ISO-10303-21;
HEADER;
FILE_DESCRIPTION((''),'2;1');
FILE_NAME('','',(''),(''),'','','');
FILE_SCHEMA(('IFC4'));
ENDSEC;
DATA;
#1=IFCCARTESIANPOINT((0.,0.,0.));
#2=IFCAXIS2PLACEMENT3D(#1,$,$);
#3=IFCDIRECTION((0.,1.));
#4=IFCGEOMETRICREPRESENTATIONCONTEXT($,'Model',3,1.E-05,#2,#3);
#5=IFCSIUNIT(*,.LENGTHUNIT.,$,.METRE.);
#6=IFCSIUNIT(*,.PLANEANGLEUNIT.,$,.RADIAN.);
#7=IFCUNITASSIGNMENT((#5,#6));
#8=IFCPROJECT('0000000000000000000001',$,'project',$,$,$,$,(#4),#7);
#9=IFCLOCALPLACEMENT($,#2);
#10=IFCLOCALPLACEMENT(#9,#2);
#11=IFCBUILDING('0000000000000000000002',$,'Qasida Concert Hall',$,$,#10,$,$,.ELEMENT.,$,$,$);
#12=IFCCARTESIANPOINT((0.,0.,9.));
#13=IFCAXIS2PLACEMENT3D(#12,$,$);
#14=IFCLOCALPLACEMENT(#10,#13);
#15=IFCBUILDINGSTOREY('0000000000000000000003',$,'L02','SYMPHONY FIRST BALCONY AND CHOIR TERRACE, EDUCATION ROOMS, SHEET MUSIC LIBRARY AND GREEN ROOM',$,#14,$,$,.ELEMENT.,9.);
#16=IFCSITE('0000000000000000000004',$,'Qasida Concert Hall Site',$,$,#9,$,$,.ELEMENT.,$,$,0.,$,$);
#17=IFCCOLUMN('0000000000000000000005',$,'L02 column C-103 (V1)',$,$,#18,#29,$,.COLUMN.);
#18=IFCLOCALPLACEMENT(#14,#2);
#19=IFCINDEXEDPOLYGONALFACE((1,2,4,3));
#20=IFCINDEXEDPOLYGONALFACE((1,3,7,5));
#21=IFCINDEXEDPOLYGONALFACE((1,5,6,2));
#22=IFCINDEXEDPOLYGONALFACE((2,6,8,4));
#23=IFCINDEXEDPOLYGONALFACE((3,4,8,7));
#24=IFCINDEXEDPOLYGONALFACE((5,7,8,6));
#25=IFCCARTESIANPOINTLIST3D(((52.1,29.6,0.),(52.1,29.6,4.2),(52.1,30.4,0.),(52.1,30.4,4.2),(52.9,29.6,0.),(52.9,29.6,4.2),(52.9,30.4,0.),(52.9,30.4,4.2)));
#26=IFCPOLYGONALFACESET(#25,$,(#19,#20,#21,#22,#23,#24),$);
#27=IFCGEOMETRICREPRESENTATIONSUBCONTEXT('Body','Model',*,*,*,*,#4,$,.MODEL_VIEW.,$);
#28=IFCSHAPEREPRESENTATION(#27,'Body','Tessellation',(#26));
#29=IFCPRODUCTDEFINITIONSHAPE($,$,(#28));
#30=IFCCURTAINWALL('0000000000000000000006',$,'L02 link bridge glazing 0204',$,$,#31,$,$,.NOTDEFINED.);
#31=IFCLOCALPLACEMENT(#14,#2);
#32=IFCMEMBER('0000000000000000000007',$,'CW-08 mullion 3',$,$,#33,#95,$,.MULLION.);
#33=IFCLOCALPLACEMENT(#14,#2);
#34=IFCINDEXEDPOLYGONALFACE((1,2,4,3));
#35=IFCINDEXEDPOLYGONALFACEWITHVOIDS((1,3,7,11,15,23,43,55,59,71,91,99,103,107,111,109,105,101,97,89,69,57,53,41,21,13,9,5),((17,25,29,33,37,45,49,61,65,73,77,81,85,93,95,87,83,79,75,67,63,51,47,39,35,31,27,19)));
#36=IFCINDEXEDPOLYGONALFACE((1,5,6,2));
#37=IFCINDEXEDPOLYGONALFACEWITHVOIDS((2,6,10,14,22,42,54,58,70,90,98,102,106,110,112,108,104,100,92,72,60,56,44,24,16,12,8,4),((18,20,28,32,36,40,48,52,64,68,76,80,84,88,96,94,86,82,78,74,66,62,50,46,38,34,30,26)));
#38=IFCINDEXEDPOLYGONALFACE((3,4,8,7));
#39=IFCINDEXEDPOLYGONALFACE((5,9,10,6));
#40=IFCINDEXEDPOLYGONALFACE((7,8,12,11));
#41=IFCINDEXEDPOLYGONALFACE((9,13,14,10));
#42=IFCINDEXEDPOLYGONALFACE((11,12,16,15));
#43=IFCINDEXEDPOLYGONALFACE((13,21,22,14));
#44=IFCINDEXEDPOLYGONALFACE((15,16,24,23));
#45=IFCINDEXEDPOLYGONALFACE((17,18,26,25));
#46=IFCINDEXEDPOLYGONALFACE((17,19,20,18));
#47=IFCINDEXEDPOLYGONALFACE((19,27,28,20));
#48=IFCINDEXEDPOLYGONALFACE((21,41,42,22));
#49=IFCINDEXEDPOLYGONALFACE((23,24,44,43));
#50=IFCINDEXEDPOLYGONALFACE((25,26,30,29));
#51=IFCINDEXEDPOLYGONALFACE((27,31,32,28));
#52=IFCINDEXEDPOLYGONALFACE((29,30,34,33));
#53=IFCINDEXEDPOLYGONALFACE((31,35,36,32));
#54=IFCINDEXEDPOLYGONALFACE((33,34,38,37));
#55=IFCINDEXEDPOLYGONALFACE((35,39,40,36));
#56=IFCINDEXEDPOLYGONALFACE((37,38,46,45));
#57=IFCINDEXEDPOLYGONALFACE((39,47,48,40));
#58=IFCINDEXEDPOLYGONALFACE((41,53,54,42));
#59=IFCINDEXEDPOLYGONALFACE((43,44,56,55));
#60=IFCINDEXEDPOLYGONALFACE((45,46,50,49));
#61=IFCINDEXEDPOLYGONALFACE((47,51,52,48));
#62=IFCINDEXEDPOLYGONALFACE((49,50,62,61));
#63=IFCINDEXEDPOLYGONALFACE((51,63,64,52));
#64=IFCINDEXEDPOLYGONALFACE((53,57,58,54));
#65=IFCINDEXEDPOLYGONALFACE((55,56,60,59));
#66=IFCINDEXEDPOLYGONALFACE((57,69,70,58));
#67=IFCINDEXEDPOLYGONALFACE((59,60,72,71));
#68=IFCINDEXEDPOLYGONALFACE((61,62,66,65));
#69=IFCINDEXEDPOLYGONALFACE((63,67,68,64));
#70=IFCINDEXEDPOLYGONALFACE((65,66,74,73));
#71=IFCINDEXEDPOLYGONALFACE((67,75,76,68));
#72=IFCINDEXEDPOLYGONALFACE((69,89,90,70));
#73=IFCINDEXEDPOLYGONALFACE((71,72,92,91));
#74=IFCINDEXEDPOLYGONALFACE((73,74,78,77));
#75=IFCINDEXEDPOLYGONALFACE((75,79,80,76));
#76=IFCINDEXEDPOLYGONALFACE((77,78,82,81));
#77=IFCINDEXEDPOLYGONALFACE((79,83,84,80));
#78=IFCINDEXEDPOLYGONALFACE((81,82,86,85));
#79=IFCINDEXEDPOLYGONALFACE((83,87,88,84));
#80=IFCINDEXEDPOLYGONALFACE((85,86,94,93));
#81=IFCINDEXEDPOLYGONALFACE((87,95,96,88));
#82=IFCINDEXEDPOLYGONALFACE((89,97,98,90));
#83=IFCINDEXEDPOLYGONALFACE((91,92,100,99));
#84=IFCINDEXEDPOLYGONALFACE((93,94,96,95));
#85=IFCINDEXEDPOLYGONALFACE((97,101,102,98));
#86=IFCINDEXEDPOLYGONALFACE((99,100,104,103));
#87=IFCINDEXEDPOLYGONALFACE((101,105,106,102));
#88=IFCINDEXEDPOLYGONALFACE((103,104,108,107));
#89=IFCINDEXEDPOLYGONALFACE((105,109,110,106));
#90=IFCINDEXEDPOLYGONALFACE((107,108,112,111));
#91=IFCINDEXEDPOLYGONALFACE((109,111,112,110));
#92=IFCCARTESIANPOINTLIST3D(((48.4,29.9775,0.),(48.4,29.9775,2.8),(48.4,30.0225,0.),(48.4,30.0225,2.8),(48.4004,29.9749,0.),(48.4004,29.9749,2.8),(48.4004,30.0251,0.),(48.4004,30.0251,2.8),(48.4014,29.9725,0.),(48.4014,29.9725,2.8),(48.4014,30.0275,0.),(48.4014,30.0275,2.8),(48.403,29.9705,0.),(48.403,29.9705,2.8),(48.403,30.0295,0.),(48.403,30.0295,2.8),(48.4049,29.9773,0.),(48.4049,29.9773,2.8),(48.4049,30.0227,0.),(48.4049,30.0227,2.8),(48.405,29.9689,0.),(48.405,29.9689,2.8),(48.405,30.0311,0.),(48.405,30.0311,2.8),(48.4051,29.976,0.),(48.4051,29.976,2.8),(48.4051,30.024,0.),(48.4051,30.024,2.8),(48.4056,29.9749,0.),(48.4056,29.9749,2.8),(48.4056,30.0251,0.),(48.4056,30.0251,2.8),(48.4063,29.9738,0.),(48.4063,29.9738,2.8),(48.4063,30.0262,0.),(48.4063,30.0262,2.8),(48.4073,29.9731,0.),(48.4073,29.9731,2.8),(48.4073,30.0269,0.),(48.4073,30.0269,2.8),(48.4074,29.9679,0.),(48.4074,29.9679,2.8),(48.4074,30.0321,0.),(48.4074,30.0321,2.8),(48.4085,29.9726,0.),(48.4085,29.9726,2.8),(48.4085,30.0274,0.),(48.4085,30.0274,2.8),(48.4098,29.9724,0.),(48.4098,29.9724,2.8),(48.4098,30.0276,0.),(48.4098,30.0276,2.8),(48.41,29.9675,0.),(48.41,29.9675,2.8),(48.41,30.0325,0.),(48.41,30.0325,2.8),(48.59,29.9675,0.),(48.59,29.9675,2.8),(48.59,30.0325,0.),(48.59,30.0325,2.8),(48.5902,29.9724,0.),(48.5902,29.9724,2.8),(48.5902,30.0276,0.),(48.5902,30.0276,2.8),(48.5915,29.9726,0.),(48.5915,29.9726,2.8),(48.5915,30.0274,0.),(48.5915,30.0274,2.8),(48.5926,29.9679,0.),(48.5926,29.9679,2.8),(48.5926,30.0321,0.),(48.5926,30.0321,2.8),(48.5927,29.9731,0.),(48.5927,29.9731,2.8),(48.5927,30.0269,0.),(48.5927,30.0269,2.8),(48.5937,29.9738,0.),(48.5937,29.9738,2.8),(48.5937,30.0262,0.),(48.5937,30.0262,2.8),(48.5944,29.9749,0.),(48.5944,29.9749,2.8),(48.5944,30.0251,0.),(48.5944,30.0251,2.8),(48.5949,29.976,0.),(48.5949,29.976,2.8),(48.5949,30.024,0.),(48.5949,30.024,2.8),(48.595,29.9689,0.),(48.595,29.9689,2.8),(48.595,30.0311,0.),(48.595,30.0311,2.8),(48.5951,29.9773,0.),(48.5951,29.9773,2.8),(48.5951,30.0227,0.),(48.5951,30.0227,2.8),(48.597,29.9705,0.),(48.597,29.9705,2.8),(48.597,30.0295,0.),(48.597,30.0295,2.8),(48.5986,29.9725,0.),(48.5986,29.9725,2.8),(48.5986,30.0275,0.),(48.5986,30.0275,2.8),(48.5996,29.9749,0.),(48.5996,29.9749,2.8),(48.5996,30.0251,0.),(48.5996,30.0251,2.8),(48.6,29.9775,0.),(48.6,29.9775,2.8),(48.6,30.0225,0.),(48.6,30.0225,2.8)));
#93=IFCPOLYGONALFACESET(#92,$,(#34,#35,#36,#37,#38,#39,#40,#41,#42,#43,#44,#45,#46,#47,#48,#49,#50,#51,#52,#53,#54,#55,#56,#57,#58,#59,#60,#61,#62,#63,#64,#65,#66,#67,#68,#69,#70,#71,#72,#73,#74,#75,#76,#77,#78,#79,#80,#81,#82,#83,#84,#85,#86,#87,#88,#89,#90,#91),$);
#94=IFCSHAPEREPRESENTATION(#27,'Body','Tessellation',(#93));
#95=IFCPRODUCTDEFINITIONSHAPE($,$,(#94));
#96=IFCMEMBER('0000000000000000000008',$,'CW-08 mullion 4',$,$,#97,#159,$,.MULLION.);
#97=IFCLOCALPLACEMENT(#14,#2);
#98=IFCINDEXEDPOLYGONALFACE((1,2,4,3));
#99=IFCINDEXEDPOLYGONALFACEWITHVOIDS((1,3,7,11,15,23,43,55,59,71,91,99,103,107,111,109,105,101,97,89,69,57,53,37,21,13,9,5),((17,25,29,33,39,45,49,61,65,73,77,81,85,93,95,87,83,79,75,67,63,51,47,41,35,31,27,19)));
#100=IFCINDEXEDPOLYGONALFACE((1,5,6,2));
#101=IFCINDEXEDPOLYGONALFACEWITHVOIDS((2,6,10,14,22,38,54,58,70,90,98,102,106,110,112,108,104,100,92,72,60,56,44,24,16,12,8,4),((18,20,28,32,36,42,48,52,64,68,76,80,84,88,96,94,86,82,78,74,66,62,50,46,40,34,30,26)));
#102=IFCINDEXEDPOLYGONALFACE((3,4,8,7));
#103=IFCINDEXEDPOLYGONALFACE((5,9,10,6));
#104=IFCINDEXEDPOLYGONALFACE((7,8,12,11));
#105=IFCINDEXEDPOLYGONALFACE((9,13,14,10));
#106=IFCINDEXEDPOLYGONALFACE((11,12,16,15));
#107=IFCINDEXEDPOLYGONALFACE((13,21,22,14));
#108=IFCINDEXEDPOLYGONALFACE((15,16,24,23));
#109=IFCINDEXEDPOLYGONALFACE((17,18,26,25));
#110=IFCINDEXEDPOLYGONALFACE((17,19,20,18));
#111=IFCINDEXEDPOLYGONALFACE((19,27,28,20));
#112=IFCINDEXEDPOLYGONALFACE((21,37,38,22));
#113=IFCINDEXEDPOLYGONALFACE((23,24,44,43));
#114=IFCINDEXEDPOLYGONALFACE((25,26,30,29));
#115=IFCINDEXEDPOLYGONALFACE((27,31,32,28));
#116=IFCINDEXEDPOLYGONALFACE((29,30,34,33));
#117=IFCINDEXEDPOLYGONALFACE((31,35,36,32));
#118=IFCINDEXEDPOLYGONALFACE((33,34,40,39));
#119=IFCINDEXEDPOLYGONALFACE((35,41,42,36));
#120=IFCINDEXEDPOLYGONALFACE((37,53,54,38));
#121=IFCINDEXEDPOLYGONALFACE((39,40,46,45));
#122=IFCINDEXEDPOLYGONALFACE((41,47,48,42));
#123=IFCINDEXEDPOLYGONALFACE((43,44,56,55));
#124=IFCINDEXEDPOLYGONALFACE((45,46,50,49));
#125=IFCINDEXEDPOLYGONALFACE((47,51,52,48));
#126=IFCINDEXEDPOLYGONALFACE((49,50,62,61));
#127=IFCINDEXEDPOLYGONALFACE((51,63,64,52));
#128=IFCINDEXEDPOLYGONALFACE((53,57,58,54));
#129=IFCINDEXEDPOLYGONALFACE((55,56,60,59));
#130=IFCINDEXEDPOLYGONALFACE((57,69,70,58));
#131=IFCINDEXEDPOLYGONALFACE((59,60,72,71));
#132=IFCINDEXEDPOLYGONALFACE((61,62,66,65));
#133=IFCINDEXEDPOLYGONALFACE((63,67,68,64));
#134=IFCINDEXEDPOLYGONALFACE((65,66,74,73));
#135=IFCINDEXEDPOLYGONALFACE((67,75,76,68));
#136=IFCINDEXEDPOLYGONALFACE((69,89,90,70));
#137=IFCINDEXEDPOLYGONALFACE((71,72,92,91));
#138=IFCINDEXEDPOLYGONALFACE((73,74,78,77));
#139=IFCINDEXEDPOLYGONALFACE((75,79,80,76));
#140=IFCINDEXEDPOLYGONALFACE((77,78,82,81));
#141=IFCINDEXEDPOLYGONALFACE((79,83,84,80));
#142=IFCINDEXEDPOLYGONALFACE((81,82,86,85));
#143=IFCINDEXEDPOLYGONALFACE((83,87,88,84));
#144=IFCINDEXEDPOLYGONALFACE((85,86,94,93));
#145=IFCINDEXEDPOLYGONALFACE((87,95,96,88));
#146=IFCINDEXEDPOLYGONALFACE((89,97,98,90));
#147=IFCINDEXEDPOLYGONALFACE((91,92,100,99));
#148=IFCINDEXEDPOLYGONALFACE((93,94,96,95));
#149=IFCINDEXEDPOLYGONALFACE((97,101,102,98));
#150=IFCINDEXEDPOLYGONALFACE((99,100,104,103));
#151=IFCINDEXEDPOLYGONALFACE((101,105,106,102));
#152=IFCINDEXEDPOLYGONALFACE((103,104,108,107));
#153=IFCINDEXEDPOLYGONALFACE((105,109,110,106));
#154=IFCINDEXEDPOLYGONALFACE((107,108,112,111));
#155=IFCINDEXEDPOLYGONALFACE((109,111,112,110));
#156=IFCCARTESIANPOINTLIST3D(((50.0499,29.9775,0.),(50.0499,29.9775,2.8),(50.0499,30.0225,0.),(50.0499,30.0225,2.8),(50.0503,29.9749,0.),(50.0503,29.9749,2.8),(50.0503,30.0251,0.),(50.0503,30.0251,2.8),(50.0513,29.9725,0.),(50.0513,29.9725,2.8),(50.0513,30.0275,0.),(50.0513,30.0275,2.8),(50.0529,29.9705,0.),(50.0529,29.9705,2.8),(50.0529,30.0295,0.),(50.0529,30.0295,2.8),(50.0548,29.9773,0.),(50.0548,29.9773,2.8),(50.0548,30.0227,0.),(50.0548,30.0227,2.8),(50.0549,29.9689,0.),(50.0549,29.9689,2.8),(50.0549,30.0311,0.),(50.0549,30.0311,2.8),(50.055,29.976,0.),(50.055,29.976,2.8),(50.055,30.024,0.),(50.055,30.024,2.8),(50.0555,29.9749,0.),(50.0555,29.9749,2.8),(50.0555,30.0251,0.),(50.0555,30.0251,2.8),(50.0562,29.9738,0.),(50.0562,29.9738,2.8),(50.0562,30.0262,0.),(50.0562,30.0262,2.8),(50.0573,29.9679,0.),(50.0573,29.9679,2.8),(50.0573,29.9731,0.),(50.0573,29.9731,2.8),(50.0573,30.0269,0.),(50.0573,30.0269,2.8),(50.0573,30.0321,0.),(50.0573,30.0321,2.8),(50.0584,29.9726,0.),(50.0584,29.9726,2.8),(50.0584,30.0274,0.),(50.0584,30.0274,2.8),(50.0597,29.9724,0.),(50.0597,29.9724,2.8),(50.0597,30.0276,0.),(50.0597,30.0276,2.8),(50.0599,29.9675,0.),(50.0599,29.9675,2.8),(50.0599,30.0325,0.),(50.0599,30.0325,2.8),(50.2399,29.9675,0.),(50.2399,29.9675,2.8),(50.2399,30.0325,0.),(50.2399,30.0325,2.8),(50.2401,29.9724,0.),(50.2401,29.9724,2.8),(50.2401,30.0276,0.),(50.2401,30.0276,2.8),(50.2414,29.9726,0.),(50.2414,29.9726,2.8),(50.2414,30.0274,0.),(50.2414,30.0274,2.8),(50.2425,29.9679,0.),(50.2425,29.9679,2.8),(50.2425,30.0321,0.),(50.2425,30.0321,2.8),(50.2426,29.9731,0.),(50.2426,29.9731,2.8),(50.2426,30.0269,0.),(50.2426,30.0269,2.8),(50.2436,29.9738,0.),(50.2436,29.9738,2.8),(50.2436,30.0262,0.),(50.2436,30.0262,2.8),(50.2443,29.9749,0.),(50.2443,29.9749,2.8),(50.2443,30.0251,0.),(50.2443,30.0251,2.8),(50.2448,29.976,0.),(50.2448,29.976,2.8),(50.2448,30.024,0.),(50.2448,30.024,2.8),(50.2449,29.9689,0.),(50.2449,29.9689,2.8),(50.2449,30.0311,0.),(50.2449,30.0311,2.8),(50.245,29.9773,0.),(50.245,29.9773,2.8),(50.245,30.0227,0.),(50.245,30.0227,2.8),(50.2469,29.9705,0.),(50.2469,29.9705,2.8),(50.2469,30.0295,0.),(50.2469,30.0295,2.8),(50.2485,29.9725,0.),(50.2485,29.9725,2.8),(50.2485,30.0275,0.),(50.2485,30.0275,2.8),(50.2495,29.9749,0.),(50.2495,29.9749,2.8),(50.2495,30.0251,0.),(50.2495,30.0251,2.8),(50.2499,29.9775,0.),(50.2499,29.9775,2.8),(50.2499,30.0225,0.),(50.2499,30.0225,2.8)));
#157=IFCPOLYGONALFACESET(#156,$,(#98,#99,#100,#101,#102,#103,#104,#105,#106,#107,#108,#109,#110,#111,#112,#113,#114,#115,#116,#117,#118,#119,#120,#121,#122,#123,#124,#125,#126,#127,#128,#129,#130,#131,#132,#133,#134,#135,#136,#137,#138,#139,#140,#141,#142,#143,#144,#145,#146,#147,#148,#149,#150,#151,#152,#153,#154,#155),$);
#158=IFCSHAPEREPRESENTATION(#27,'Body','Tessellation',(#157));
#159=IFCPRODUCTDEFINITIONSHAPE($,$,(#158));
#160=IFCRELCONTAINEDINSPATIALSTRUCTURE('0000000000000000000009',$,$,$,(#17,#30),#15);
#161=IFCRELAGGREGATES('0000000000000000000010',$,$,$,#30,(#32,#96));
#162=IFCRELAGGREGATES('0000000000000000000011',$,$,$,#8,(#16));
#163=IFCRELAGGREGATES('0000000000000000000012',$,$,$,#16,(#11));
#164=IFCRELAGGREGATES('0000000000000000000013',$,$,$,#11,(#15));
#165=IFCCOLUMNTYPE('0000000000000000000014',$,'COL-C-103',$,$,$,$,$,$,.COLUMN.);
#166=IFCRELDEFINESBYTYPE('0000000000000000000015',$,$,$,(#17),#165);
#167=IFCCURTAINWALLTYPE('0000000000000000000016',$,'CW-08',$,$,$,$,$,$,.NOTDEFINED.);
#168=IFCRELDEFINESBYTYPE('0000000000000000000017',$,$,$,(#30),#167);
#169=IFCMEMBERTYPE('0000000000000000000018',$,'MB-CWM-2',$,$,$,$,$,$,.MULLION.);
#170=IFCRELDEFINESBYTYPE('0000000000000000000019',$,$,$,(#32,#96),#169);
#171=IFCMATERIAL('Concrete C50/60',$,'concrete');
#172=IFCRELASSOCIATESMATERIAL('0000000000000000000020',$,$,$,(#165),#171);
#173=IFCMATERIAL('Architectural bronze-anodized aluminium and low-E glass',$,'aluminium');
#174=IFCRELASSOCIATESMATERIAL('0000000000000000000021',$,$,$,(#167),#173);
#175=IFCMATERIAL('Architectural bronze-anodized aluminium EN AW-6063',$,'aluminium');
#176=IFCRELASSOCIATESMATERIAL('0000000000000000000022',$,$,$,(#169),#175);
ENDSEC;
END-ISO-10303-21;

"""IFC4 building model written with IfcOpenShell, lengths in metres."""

from ifc_helpers import new_model, si_unit, direction, frame, origin, origin_2d, place, context, subcontext, project, spatial, rectangle, hollow_rectangle, extrude, material, material_profile, profile_set, type_object, element, aggregate, save


model = new_model("IFC4")

# Units and contexts
model_context = context("Model", 3, precision=1e-05, world=origin(), true_north=direction((0.0, 1.0)))
body_context = subcontext(model_context, "Body", "Model", "MODEL_VIEW")
ifc_project = project(units=[si_unit("LENGTHUNIT", "METRE"), si_unit("PLANEANGLEUNIT", "RADIAN")], contexts=[model_context])

# Site, building, storey
site_placement = place(None, origin())
site = spatial("IfcSite", under=ifc_project, at=site_placement, Name="Qasida Concert Hall Site", CompositionType="ELEMENT", RefElevation=0.0)
building_placement = place(site_placement, origin())
building = spatial("IfcBuilding", under=site, at=building_placement, Name="Qasida Concert Hall", CompositionType="ELEMENT")
storey_placement = place(building_placement, frame((0.0, 0.0, 9.0)))
storey = spatial("IfcBuildingStorey", under=building, at=storey_placement, Name="L02", Description="SYMPHONY FIRST BALCONY AND CHOIR TERRACE, EDUCATION ROOMS, SHEET MUSIC LIBRARY AND GREEN ROOM", CompositionType="ELEMENT", Elevation=9.0)

# Column
ifc_material_1 = material(Name="Concrete C50/60", Category="concrete")
ifc_material_profile_1 = material_profile(ifc_material_1, rectangle(XDim=0.8, YDim=0.8, at=origin_2d()), Name="RC 800x800")
ifc_profile_set_1 = profile_set([ifc_material_profile_1], Name="Concrete C50/60")
column_type = type_object("IfcColumnType", Name="COL-C-103", PredefinedType="COLUMN", material=ifc_profile_set_1)
column_placement = place(storey_placement, frame((52.5, 30.0, 0.0), z_axis=(0.0, 0.0, 1.0), x_axis=(1.0, 0.0, 0.0)))
element("IfcColumn", 1, at=column_placement, inside=storey, type_object=column_type, Name="L02 column C-103 (V1)", PredefinedType="COLUMN", context=body_context, shape_type="SweptSolid", body=[
    extrude(rectangle(XDim=0.8, YDim=0.8, at=origin_2d()), origin(), (0.0, 0.0, 1.0), 4.2),
])

# Curtain wall, members
ifc_material_2 = material(Name="Architectural bronze-anodized aluminium and low-E glass", Category="aluminium")
curtain_wall_type = type_object("IfcCurtainWallType", Name="CW-08", PredefinedType="NOTDEFINED", material=ifc_material_2)
curtain_wall_placement = place(storey_placement, origin())
curtain_wall = element("IfcCurtainWall", 2, at=curtain_wall_placement, inside=storey, type_object=curtain_wall_type, Name="L02 link bridge glazing 0204", PredefinedType="NOTDEFINED")
ifc_material_3 = material(Name="Architectural bronze-anodized aluminium EN AW-6063", Category="aluminium")
ifc_material_profile_2 = material_profile(ifc_material_3, hollow_rectangle(XDim=0.0649, YDim=0.2, WallThickness=0.0049, InnerFilletRadius=0.0049, OuterFilletRadius=0.01, at=origin_2d()), Name="CWM 200x65x5")
ifc_profile_set_2 = profile_set([ifc_material_profile_2], Name="Architectural bronze-anodized aluminium EN AW-6063")
member_type_1 = type_object("IfcMemberType", Name="MB-CWM-2", PredefinedType="MULLION", material=ifc_profile_set_2)
member_1_placement = place(storey_placement, frame((48.5, 30.0, 0.0), z_axis=(0.0, 0.0, 1.0), x_axis=(0.0, 1.0, 0.0)))
member_1 = element("IfcMember", 3, at=member_1_placement, type_object=member_type_1, Name="CW-08 mullion 3", PredefinedType="MULLION", context=body_context, shape_type="SweptSolid", body=[
    extrude(hollow_rectangle(XDim=0.0649, YDim=0.2, WallThickness=0.0049, InnerFilletRadius=0.0049, OuterFilletRadius=0.01, at=origin_2d()), origin(), (0.0, 0.0, 1.0), 2.8),
])
member_2_placement = place(storey_placement, frame((50.1499, 30.0, 0.0), z_axis=(0.0, 0.0, 1.0), x_axis=(0.0, 1.0, 0.0)))
member_2 = element("IfcMember", 4, at=member_2_placement, type_object=member_type_1, Name="CW-08 mullion 4", PredefinedType="MULLION", context=body_context, shape_type="SweptSolid", body=[
    extrude(hollow_rectangle(XDim=0.0649, YDim=0.2, WallThickness=0.0049, InnerFilletRadius=0.0049, OuterFilletRadius=0.01, at=origin_2d()), origin(), (0.0, 0.0, 1.0), 2.8),
])
aggregate(curtain_wall, [member_1, member_2])

save(model, "model.ifc")
